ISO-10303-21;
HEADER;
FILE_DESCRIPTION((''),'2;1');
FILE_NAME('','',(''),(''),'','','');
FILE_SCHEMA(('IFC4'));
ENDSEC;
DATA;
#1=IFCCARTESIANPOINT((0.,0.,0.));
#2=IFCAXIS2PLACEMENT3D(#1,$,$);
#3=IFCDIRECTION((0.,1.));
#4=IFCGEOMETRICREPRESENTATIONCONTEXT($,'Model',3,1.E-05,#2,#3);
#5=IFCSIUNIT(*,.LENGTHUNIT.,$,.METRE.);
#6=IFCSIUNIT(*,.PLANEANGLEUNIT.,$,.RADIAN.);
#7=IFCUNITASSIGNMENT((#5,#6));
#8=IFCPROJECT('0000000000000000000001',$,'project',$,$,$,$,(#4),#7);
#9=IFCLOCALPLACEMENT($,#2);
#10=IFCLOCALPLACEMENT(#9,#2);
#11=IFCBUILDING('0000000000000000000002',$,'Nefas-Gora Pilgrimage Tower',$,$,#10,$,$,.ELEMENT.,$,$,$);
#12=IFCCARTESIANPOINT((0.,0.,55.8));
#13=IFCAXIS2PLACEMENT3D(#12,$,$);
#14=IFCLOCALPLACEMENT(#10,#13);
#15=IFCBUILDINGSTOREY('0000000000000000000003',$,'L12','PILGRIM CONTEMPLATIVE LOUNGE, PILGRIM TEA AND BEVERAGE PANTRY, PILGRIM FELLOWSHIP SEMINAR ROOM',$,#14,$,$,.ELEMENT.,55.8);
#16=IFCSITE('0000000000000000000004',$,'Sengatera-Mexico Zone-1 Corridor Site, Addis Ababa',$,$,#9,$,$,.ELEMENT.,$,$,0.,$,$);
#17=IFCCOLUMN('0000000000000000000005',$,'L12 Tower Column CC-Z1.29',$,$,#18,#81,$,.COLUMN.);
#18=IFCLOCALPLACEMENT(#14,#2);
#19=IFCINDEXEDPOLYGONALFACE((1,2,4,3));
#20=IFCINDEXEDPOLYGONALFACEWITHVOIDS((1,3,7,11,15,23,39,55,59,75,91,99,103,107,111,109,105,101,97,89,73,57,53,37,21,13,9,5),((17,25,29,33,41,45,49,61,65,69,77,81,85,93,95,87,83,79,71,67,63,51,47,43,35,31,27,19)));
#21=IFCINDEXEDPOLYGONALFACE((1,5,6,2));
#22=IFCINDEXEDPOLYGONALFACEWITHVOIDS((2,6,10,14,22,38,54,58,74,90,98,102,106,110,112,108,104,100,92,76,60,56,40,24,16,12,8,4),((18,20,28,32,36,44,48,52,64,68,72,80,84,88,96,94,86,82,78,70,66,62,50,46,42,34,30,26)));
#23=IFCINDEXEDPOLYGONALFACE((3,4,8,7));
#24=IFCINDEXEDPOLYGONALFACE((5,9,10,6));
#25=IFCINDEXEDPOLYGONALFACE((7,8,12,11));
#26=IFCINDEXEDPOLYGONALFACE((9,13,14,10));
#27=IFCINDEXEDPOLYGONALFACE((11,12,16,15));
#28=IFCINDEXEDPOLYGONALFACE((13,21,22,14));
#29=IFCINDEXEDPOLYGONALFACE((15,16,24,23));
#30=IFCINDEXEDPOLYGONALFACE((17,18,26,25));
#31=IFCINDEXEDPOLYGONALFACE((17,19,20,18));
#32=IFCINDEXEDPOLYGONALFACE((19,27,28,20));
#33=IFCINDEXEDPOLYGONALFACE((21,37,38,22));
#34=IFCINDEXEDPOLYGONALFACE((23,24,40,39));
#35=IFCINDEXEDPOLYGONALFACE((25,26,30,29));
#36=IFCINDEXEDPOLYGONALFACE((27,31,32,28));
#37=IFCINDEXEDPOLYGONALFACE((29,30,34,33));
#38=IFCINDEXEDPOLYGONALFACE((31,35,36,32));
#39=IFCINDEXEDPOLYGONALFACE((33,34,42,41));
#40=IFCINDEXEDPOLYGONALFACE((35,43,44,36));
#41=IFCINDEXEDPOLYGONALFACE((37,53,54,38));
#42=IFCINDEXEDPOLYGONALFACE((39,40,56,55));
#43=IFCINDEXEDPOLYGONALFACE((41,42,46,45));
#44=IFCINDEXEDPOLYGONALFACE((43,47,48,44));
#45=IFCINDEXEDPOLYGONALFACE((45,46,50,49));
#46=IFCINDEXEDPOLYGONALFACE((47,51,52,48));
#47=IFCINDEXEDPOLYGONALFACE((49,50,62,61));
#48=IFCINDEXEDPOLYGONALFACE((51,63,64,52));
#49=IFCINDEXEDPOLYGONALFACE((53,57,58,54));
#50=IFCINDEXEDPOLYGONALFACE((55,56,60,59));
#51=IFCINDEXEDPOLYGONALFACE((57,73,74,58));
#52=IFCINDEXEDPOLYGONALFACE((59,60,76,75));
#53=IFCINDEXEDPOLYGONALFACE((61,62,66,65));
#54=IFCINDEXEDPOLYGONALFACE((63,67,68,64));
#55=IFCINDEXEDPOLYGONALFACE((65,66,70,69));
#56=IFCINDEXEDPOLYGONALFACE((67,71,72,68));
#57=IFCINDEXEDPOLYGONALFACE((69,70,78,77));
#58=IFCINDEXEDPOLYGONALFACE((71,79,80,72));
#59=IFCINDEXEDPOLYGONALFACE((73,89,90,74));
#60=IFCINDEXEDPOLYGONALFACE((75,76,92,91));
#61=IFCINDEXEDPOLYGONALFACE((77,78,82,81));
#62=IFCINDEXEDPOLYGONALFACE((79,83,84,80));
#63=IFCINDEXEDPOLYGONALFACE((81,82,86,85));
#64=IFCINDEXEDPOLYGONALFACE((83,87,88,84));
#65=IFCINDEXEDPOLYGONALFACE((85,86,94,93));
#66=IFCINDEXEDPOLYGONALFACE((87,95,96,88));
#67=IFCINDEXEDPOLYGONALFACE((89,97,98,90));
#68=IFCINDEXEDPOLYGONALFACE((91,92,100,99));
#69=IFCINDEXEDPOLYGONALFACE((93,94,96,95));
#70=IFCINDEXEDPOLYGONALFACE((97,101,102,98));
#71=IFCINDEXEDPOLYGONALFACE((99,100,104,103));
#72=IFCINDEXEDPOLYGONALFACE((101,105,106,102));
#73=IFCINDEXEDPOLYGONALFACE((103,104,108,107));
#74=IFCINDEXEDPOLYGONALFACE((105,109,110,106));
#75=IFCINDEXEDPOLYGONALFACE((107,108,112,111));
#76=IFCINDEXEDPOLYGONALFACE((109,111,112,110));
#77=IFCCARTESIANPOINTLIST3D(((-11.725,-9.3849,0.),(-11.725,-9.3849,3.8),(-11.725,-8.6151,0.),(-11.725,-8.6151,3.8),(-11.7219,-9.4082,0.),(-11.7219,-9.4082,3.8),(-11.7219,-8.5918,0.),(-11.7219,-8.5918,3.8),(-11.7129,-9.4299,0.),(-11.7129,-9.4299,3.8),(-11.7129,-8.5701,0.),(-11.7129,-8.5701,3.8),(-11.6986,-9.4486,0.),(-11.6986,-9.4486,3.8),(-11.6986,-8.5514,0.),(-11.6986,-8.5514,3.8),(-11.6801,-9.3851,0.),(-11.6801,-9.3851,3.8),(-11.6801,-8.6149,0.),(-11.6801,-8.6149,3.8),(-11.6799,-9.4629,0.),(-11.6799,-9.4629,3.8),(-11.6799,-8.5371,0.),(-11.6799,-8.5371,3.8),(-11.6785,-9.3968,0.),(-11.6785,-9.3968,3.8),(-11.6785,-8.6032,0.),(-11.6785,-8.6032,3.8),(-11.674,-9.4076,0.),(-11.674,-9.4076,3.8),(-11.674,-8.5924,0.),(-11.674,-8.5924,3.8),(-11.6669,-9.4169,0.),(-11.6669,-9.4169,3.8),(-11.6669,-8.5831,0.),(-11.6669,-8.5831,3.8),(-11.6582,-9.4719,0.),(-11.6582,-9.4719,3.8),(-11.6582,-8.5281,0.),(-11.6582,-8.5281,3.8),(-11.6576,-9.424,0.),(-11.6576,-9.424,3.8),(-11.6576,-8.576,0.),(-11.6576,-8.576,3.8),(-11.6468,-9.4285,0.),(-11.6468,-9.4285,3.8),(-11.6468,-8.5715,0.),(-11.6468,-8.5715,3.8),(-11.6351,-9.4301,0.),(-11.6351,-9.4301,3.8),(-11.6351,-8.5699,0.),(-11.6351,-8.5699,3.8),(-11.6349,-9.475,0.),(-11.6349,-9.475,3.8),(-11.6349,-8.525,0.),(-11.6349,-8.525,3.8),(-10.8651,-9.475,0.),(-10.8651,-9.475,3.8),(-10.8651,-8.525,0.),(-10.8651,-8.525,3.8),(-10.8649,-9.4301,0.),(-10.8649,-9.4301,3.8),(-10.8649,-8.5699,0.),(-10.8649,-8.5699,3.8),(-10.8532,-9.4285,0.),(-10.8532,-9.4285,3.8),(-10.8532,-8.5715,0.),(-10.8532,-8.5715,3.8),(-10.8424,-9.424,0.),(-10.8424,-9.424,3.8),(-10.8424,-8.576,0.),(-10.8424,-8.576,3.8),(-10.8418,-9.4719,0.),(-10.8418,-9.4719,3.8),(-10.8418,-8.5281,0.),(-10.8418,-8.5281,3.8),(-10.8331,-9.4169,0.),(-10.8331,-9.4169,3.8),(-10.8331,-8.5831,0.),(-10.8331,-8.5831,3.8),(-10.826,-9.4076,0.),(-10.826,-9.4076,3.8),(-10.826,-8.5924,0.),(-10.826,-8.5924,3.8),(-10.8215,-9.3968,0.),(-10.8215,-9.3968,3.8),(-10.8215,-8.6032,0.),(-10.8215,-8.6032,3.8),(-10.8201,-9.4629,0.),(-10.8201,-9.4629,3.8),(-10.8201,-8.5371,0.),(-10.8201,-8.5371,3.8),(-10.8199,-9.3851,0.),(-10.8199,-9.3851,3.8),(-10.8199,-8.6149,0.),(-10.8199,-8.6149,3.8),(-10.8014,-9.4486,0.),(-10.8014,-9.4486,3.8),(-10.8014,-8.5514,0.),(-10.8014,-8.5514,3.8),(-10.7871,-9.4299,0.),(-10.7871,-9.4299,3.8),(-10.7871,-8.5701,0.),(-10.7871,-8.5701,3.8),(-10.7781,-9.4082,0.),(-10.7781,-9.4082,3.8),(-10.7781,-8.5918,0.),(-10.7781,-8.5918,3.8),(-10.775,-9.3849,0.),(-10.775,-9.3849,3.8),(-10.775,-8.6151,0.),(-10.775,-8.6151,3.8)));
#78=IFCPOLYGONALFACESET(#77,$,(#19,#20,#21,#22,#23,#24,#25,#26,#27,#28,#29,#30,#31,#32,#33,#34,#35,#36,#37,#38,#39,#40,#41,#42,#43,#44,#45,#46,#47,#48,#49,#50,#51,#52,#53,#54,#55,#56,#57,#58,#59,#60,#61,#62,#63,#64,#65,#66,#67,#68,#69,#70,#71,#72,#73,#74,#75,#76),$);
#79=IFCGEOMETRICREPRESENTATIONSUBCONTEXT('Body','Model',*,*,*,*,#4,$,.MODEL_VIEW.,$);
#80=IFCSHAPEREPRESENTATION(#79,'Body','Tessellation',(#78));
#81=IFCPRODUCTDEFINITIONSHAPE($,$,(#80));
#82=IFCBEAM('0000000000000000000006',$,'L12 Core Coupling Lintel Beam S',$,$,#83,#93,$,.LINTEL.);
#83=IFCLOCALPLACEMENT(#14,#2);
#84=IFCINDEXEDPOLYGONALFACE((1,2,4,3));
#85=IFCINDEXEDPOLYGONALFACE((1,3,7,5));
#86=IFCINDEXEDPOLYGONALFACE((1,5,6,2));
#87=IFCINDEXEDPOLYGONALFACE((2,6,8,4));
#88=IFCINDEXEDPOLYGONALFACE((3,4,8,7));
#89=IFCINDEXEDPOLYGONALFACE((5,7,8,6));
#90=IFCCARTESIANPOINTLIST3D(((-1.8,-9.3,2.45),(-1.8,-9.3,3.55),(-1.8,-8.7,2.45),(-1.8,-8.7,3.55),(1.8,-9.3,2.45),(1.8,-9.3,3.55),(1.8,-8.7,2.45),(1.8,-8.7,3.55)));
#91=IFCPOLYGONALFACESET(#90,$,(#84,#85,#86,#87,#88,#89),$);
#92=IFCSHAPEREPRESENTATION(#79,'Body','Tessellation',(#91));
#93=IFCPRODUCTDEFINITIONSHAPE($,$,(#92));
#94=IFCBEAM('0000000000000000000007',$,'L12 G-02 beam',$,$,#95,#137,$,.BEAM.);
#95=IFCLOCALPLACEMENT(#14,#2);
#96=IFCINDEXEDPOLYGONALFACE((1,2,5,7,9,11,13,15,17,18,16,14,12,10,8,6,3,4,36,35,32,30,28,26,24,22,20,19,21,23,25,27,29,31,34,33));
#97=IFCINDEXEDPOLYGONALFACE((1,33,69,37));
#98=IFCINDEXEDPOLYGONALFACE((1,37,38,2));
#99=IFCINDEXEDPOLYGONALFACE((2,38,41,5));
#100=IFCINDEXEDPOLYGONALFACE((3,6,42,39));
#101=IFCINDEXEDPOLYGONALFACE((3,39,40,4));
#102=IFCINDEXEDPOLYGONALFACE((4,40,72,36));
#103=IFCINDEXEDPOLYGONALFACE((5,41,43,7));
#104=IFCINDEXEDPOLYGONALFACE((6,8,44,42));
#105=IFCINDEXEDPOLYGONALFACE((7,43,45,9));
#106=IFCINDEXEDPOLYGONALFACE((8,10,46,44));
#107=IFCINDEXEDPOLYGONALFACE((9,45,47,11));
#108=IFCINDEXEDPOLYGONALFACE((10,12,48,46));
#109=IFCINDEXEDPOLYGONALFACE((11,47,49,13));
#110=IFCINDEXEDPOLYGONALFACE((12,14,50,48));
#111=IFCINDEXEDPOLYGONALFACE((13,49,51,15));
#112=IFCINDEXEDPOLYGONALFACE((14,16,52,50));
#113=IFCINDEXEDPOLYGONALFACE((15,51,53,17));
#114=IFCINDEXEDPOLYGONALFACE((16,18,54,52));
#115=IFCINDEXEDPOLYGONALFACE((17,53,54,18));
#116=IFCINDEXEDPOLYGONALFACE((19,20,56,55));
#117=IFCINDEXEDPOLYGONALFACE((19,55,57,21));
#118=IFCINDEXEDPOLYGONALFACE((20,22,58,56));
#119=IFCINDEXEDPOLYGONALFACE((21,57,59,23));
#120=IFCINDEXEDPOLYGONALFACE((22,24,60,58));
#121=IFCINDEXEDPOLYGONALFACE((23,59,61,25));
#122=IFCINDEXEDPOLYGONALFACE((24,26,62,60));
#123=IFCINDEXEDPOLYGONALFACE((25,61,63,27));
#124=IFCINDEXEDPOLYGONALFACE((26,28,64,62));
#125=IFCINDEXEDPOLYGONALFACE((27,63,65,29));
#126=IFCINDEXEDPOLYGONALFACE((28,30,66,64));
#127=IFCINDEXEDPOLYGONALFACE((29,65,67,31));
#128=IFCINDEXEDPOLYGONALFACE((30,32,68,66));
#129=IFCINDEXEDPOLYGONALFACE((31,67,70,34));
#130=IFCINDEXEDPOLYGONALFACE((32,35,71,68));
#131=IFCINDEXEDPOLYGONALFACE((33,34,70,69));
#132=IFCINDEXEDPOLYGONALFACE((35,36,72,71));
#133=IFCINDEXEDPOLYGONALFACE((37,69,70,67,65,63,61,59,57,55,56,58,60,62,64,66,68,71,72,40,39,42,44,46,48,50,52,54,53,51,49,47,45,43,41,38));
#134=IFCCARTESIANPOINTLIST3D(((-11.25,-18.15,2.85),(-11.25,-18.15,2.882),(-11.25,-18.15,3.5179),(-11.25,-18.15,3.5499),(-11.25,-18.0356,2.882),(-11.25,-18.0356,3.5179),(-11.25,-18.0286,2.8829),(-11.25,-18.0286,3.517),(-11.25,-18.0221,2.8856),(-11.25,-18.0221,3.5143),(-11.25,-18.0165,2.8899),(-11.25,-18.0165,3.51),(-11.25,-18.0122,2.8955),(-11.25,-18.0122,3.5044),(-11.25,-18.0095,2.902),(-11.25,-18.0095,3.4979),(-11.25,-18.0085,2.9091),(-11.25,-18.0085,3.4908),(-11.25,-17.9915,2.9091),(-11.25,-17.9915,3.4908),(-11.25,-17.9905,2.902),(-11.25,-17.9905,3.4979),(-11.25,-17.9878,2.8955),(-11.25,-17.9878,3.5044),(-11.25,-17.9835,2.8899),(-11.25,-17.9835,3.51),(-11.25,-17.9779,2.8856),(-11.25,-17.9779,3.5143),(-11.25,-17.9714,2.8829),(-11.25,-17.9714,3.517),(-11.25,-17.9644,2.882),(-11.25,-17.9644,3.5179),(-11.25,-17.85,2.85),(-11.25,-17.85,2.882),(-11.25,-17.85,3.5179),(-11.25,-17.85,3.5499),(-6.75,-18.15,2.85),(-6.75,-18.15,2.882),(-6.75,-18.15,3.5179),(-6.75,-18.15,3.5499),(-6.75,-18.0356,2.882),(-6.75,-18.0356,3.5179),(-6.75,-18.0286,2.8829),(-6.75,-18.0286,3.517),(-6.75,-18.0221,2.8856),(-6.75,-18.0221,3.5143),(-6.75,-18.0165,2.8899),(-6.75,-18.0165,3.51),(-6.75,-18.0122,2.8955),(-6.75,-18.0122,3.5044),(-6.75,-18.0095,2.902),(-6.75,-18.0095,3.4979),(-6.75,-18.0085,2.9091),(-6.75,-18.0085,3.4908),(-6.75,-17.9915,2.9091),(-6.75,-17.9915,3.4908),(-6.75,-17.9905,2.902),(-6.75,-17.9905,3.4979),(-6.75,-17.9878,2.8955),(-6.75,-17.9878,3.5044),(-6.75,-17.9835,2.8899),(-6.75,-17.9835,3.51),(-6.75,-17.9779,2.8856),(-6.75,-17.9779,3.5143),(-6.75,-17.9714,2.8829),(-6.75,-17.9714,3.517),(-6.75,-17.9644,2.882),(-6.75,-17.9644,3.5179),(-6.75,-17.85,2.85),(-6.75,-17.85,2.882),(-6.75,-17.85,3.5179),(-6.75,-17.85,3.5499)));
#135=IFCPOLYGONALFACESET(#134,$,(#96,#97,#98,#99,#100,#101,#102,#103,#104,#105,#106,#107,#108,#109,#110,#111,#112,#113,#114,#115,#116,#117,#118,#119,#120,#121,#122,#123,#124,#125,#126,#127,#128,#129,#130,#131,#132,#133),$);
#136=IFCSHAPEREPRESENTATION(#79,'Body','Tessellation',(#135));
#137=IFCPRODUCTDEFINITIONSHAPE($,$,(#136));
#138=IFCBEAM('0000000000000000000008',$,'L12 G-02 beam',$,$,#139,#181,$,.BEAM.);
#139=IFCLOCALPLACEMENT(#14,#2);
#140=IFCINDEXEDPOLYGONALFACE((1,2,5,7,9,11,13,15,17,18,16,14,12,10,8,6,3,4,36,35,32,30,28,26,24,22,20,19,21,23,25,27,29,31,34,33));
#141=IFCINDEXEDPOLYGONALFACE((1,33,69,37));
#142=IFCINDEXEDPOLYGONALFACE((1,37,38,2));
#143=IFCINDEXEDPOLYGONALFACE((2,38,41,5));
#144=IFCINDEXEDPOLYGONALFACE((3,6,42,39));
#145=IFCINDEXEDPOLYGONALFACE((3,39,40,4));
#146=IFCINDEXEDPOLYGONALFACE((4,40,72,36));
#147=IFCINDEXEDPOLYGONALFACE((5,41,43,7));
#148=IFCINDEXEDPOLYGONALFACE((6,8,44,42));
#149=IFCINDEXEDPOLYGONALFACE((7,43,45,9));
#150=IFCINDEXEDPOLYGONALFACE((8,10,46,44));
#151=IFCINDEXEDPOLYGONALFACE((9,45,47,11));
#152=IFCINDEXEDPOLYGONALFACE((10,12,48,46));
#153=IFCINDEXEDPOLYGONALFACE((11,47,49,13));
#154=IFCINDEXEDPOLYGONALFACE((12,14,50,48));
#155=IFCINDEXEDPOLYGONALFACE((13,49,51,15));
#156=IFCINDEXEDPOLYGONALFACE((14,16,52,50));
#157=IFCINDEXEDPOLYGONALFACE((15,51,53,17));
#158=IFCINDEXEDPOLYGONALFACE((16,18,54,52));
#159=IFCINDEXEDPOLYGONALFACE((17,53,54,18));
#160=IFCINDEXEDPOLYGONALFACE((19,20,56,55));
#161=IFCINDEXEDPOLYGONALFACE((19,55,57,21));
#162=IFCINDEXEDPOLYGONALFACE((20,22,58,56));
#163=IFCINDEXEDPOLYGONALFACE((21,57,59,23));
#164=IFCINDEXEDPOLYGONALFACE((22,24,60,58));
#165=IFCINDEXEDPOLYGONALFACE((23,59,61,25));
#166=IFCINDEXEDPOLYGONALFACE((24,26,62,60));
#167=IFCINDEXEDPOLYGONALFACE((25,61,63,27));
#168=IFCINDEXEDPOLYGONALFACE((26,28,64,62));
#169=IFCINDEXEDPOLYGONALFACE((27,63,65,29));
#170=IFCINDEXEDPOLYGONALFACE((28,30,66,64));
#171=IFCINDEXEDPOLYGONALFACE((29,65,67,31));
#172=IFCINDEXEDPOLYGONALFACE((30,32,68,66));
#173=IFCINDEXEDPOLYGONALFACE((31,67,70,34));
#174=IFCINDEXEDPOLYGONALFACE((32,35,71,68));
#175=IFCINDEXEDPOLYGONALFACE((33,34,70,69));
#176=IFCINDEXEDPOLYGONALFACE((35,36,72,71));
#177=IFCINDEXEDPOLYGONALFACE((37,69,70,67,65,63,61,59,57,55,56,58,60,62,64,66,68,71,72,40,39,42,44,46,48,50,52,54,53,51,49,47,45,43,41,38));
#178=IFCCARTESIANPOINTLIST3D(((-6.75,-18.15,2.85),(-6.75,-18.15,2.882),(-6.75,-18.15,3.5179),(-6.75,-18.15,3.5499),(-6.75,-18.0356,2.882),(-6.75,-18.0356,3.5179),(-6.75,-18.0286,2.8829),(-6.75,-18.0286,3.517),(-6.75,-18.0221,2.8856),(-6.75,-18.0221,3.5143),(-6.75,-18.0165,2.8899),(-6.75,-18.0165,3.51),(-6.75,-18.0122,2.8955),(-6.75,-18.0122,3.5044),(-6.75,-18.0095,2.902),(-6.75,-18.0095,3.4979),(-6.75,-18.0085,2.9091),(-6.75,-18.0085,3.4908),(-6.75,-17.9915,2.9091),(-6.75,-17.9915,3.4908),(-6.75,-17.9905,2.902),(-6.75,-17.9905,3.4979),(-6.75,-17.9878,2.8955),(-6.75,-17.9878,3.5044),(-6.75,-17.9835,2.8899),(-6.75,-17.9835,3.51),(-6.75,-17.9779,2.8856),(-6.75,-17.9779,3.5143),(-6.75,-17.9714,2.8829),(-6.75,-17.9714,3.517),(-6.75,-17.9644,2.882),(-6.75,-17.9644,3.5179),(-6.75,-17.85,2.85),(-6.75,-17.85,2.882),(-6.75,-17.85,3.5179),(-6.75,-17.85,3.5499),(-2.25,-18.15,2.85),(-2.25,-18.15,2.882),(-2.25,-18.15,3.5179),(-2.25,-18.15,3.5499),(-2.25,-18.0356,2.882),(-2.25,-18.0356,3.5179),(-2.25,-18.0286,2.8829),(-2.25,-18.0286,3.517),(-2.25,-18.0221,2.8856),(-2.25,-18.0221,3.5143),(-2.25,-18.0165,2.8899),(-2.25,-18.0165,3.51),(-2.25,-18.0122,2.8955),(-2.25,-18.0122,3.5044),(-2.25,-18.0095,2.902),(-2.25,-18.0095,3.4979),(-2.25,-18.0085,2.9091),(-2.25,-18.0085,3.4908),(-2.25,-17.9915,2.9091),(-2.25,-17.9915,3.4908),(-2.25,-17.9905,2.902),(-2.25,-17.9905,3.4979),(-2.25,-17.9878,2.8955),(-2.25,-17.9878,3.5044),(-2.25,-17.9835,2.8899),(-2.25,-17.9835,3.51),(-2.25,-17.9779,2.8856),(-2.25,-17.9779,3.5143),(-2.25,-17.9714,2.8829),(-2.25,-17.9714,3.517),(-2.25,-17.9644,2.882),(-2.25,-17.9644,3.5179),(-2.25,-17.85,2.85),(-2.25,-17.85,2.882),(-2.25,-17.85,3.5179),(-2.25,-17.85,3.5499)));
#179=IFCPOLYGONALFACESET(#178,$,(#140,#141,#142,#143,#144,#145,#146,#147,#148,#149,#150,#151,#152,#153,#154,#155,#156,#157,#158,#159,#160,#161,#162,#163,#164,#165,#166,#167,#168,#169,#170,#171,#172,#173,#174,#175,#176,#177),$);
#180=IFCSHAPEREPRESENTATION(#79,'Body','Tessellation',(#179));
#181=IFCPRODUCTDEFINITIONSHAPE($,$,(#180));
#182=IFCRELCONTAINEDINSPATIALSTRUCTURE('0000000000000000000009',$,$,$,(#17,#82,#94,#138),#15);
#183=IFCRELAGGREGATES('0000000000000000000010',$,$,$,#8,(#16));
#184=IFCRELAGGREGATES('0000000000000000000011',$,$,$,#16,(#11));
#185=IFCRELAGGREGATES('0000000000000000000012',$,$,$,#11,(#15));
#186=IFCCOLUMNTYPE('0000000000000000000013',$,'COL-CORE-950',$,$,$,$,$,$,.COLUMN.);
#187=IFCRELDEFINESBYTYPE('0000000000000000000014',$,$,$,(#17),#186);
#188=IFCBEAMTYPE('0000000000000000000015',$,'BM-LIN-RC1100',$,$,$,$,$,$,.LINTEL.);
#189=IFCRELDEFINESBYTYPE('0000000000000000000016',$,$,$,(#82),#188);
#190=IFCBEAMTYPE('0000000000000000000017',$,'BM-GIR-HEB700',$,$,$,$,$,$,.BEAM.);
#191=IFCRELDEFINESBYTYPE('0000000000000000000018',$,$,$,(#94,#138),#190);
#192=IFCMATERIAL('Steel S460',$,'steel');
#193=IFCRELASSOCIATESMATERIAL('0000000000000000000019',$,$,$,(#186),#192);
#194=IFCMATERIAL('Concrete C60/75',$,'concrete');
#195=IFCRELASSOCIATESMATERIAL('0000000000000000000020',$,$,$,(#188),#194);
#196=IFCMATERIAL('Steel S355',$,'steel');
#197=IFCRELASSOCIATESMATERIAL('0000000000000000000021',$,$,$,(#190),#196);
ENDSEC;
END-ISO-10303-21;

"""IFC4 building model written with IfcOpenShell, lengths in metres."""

from ifc_helpers import new_model, si_unit, direction, frame, origin, origin_2d, place, context, subcontext, project, spatial, rectangle, hollow_rectangle, i_section, extrude, source, transform, mapped, material, material_profile, profile_set, type_object, element, save


model = new_model("IFC4")

# Units and contexts
model_context = context("Model", 3, precision=1e-05, world=origin(), true_north=direction((0.0, 1.0)))
body_context = subcontext(model_context, "Body", "Model", "MODEL_VIEW")
ifc_project = project(units=[si_unit("LENGTHUNIT", "METRE"), si_unit("PLANEANGLEUNIT", "RADIAN")], contexts=[model_context])

# Site, building, storey
site_placement = place(None, origin())
site = spatial("IfcSite", under=ifc_project, at=site_placement, Name="Sengatera-Mexico Zone-1 Corridor Site, Addis Ababa", CompositionType="ELEMENT", RefElevation=0.0)
building_placement = place(site_placement, origin())
building = spatial("IfcBuilding", under=site, at=building_placement, Name="Nefas-Gora Pilgrimage Tower", CompositionType="ELEMENT")
storey_placement = place(building_placement, frame((0.0, 0.0, 55.8)))
storey = spatial("IfcBuildingStorey", under=building, at=storey_placement, Name="L12", Description="PILGRIM CONTEMPLATIVE LOUNGE, PILGRIM TEA AND BEVERAGE PANTRY, PILGRIM FELLOWSHIP SEMINAR ROOM", CompositionType="ELEMENT", Elevation=55.8)

# Column
ifc_material_1 = material(Name="Steel S460", Category="steel")
ifc_material_profile_1 = material_profile(ifc_material_1, hollow_rectangle(XDim=0.95, YDim=0.95, WallThickness=0.0449, InnerFilletRadius=0.0449, OuterFilletRadius=0.0901, at=origin_2d()), Name="BOX 950x950x45")
ifc_profile_set_1 = profile_set([ifc_material_profile_1], Name="Steel S460")
column_type_1 = type_object("IfcColumnType", Name="COL-CORE-950", PredefinedType="COLUMN", material=ifc_profile_set_1)
shared_shape_1 = source(origin(), body_context, "Body", "SweptSolid", [
    extrude(hollow_rectangle(XDim=0.95, YDim=0.95, WallThickness=0.0449, InnerFilletRadius=0.0449, OuterFilletRadius=0.0901, at=origin_2d()), origin(), (0.0, 0.0, 1.0), 3.8),
])
column_placement = place(storey_placement, frame((-11.25, -9.0, 0.0), z_axis=(0.0, 0.0, 1.0), x_axis=(1.0, 0.0, 0.0)))
element("IfcColumn", 1, at=column_placement, inside=storey, type_object=column_type_1, Name="L12 Tower Column CC-Z1.29", PredefinedType="COLUMN", context=body_context, shape_type="MappedRepresentation", body=[
    mapped(shared_shape_1, transform((0.0, 0.0, 0.0), x_axis=(1.0, 0.0, 0.0), y_axis=(0.0, 1.0, 0.0), z_axis=(0.0, 0.0, 1.0), scale=1.0)),
])

# Beams
ifc_material_2 = material(Name="Concrete C60/75", Category="concrete")
ifc_material_profile_2 = material_profile(ifc_material_2, rectangle(XDim=0.6001, YDim=1.1001, at=origin_2d()), Name="RC 600x1100")
ifc_profile_set_2 = profile_set([ifc_material_profile_2], Name="Concrete C60/75")
beam_type_1 = type_object("IfcBeamType", Name="BM-LIN-RC1100", PredefinedType="LINTEL", material=ifc_profile_set_2)
shared_shape_2 = source(origin(), body_context, "Body", "SweptSolid", [
    extrude(rectangle(XDim=0.6001, YDim=1.1001, at=origin_2d()), origin(), (0.0, 0.0, 1.0), 3.6001),
])
beam_placement = place(storey_placement, frame((-1.8, -9.0, 3.0), z_axis=(1.0, 0.0, 0.0), x_axis=(0.0, 1.0, 0.0)))
element("IfcBeam", 2, at=beam_placement, inside=storey, type_object=beam_type_1, Name="L12 Core Coupling Lintel Beam S", PredefinedType="LINTEL", context=body_context, shape_type="MappedRepresentation", body=[
    mapped(shared_shape_2, transform((0.0, 0.0, 0.0), x_axis=(1.0, 0.0, 0.0), y_axis=(0.0, 1.0, 0.0), z_axis=(0.0, 0.0, 1.0), scale=1.0)),
])
ifc_material_3 = material(Name="Steel S355", Category="steel")
ifc_material_profile_3 = material_profile(ifc_material_3, i_section(OverallWidth=0.3, OverallDepth=0.7, WebThickness=0.0171, FlangeThickness=0.032, FilletRadius=0.0271, at=origin_2d()), Name="HEB 700")
ifc_profile_set_3 = profile_set([ifc_material_profile_3], Name="Steel S355")
beam_type_2 = type_object("IfcBeamType", Name="BM-GIR-HEB700", PredefinedType="BEAM", material=ifc_profile_set_3)
shared_shape_3 = source(origin(), body_context, "Body", "SweptSolid", [
    extrude(i_section(OverallWidth=0.3, OverallDepth=0.7, WebThickness=0.0171, FlangeThickness=0.032, FilletRadius=0.0271, at=origin_2d()), origin(), (0.0, 0.0, 1.0), 4.5),
])
for number, where, z_axis, x_axis, name in (
    (3, (-11.25, -18.0, 3.2), (1.0, 0.0, 0.0), (0.0, 1.0, 0.0), "L12 G-02 beam"),
    (4, (-6.75, -18.0, 3.2), (1.0, 0.0, 0.0), (0.0, 1.0, 0.0), "L12 G-02 beam"),
):
    element("IfcBeam", number, at=place(storey_placement, frame(where, z_axis=z_axis, x_axis=x_axis)), inside=storey, type_object=beam_type_2, Name=name, PredefinedType="BEAM", context=body_context, shape_type="MappedRepresentation", body=[
        mapped(shared_shape_3, transform((0.0, 0.0, 0.0), x_axis=(1.0, 0.0, 0.0), y_axis=(0.0, 1.0, 0.0), z_axis=(0.0, 0.0, 1.0), scale=1.0)),
    ])

save(model, "model.ifc")
